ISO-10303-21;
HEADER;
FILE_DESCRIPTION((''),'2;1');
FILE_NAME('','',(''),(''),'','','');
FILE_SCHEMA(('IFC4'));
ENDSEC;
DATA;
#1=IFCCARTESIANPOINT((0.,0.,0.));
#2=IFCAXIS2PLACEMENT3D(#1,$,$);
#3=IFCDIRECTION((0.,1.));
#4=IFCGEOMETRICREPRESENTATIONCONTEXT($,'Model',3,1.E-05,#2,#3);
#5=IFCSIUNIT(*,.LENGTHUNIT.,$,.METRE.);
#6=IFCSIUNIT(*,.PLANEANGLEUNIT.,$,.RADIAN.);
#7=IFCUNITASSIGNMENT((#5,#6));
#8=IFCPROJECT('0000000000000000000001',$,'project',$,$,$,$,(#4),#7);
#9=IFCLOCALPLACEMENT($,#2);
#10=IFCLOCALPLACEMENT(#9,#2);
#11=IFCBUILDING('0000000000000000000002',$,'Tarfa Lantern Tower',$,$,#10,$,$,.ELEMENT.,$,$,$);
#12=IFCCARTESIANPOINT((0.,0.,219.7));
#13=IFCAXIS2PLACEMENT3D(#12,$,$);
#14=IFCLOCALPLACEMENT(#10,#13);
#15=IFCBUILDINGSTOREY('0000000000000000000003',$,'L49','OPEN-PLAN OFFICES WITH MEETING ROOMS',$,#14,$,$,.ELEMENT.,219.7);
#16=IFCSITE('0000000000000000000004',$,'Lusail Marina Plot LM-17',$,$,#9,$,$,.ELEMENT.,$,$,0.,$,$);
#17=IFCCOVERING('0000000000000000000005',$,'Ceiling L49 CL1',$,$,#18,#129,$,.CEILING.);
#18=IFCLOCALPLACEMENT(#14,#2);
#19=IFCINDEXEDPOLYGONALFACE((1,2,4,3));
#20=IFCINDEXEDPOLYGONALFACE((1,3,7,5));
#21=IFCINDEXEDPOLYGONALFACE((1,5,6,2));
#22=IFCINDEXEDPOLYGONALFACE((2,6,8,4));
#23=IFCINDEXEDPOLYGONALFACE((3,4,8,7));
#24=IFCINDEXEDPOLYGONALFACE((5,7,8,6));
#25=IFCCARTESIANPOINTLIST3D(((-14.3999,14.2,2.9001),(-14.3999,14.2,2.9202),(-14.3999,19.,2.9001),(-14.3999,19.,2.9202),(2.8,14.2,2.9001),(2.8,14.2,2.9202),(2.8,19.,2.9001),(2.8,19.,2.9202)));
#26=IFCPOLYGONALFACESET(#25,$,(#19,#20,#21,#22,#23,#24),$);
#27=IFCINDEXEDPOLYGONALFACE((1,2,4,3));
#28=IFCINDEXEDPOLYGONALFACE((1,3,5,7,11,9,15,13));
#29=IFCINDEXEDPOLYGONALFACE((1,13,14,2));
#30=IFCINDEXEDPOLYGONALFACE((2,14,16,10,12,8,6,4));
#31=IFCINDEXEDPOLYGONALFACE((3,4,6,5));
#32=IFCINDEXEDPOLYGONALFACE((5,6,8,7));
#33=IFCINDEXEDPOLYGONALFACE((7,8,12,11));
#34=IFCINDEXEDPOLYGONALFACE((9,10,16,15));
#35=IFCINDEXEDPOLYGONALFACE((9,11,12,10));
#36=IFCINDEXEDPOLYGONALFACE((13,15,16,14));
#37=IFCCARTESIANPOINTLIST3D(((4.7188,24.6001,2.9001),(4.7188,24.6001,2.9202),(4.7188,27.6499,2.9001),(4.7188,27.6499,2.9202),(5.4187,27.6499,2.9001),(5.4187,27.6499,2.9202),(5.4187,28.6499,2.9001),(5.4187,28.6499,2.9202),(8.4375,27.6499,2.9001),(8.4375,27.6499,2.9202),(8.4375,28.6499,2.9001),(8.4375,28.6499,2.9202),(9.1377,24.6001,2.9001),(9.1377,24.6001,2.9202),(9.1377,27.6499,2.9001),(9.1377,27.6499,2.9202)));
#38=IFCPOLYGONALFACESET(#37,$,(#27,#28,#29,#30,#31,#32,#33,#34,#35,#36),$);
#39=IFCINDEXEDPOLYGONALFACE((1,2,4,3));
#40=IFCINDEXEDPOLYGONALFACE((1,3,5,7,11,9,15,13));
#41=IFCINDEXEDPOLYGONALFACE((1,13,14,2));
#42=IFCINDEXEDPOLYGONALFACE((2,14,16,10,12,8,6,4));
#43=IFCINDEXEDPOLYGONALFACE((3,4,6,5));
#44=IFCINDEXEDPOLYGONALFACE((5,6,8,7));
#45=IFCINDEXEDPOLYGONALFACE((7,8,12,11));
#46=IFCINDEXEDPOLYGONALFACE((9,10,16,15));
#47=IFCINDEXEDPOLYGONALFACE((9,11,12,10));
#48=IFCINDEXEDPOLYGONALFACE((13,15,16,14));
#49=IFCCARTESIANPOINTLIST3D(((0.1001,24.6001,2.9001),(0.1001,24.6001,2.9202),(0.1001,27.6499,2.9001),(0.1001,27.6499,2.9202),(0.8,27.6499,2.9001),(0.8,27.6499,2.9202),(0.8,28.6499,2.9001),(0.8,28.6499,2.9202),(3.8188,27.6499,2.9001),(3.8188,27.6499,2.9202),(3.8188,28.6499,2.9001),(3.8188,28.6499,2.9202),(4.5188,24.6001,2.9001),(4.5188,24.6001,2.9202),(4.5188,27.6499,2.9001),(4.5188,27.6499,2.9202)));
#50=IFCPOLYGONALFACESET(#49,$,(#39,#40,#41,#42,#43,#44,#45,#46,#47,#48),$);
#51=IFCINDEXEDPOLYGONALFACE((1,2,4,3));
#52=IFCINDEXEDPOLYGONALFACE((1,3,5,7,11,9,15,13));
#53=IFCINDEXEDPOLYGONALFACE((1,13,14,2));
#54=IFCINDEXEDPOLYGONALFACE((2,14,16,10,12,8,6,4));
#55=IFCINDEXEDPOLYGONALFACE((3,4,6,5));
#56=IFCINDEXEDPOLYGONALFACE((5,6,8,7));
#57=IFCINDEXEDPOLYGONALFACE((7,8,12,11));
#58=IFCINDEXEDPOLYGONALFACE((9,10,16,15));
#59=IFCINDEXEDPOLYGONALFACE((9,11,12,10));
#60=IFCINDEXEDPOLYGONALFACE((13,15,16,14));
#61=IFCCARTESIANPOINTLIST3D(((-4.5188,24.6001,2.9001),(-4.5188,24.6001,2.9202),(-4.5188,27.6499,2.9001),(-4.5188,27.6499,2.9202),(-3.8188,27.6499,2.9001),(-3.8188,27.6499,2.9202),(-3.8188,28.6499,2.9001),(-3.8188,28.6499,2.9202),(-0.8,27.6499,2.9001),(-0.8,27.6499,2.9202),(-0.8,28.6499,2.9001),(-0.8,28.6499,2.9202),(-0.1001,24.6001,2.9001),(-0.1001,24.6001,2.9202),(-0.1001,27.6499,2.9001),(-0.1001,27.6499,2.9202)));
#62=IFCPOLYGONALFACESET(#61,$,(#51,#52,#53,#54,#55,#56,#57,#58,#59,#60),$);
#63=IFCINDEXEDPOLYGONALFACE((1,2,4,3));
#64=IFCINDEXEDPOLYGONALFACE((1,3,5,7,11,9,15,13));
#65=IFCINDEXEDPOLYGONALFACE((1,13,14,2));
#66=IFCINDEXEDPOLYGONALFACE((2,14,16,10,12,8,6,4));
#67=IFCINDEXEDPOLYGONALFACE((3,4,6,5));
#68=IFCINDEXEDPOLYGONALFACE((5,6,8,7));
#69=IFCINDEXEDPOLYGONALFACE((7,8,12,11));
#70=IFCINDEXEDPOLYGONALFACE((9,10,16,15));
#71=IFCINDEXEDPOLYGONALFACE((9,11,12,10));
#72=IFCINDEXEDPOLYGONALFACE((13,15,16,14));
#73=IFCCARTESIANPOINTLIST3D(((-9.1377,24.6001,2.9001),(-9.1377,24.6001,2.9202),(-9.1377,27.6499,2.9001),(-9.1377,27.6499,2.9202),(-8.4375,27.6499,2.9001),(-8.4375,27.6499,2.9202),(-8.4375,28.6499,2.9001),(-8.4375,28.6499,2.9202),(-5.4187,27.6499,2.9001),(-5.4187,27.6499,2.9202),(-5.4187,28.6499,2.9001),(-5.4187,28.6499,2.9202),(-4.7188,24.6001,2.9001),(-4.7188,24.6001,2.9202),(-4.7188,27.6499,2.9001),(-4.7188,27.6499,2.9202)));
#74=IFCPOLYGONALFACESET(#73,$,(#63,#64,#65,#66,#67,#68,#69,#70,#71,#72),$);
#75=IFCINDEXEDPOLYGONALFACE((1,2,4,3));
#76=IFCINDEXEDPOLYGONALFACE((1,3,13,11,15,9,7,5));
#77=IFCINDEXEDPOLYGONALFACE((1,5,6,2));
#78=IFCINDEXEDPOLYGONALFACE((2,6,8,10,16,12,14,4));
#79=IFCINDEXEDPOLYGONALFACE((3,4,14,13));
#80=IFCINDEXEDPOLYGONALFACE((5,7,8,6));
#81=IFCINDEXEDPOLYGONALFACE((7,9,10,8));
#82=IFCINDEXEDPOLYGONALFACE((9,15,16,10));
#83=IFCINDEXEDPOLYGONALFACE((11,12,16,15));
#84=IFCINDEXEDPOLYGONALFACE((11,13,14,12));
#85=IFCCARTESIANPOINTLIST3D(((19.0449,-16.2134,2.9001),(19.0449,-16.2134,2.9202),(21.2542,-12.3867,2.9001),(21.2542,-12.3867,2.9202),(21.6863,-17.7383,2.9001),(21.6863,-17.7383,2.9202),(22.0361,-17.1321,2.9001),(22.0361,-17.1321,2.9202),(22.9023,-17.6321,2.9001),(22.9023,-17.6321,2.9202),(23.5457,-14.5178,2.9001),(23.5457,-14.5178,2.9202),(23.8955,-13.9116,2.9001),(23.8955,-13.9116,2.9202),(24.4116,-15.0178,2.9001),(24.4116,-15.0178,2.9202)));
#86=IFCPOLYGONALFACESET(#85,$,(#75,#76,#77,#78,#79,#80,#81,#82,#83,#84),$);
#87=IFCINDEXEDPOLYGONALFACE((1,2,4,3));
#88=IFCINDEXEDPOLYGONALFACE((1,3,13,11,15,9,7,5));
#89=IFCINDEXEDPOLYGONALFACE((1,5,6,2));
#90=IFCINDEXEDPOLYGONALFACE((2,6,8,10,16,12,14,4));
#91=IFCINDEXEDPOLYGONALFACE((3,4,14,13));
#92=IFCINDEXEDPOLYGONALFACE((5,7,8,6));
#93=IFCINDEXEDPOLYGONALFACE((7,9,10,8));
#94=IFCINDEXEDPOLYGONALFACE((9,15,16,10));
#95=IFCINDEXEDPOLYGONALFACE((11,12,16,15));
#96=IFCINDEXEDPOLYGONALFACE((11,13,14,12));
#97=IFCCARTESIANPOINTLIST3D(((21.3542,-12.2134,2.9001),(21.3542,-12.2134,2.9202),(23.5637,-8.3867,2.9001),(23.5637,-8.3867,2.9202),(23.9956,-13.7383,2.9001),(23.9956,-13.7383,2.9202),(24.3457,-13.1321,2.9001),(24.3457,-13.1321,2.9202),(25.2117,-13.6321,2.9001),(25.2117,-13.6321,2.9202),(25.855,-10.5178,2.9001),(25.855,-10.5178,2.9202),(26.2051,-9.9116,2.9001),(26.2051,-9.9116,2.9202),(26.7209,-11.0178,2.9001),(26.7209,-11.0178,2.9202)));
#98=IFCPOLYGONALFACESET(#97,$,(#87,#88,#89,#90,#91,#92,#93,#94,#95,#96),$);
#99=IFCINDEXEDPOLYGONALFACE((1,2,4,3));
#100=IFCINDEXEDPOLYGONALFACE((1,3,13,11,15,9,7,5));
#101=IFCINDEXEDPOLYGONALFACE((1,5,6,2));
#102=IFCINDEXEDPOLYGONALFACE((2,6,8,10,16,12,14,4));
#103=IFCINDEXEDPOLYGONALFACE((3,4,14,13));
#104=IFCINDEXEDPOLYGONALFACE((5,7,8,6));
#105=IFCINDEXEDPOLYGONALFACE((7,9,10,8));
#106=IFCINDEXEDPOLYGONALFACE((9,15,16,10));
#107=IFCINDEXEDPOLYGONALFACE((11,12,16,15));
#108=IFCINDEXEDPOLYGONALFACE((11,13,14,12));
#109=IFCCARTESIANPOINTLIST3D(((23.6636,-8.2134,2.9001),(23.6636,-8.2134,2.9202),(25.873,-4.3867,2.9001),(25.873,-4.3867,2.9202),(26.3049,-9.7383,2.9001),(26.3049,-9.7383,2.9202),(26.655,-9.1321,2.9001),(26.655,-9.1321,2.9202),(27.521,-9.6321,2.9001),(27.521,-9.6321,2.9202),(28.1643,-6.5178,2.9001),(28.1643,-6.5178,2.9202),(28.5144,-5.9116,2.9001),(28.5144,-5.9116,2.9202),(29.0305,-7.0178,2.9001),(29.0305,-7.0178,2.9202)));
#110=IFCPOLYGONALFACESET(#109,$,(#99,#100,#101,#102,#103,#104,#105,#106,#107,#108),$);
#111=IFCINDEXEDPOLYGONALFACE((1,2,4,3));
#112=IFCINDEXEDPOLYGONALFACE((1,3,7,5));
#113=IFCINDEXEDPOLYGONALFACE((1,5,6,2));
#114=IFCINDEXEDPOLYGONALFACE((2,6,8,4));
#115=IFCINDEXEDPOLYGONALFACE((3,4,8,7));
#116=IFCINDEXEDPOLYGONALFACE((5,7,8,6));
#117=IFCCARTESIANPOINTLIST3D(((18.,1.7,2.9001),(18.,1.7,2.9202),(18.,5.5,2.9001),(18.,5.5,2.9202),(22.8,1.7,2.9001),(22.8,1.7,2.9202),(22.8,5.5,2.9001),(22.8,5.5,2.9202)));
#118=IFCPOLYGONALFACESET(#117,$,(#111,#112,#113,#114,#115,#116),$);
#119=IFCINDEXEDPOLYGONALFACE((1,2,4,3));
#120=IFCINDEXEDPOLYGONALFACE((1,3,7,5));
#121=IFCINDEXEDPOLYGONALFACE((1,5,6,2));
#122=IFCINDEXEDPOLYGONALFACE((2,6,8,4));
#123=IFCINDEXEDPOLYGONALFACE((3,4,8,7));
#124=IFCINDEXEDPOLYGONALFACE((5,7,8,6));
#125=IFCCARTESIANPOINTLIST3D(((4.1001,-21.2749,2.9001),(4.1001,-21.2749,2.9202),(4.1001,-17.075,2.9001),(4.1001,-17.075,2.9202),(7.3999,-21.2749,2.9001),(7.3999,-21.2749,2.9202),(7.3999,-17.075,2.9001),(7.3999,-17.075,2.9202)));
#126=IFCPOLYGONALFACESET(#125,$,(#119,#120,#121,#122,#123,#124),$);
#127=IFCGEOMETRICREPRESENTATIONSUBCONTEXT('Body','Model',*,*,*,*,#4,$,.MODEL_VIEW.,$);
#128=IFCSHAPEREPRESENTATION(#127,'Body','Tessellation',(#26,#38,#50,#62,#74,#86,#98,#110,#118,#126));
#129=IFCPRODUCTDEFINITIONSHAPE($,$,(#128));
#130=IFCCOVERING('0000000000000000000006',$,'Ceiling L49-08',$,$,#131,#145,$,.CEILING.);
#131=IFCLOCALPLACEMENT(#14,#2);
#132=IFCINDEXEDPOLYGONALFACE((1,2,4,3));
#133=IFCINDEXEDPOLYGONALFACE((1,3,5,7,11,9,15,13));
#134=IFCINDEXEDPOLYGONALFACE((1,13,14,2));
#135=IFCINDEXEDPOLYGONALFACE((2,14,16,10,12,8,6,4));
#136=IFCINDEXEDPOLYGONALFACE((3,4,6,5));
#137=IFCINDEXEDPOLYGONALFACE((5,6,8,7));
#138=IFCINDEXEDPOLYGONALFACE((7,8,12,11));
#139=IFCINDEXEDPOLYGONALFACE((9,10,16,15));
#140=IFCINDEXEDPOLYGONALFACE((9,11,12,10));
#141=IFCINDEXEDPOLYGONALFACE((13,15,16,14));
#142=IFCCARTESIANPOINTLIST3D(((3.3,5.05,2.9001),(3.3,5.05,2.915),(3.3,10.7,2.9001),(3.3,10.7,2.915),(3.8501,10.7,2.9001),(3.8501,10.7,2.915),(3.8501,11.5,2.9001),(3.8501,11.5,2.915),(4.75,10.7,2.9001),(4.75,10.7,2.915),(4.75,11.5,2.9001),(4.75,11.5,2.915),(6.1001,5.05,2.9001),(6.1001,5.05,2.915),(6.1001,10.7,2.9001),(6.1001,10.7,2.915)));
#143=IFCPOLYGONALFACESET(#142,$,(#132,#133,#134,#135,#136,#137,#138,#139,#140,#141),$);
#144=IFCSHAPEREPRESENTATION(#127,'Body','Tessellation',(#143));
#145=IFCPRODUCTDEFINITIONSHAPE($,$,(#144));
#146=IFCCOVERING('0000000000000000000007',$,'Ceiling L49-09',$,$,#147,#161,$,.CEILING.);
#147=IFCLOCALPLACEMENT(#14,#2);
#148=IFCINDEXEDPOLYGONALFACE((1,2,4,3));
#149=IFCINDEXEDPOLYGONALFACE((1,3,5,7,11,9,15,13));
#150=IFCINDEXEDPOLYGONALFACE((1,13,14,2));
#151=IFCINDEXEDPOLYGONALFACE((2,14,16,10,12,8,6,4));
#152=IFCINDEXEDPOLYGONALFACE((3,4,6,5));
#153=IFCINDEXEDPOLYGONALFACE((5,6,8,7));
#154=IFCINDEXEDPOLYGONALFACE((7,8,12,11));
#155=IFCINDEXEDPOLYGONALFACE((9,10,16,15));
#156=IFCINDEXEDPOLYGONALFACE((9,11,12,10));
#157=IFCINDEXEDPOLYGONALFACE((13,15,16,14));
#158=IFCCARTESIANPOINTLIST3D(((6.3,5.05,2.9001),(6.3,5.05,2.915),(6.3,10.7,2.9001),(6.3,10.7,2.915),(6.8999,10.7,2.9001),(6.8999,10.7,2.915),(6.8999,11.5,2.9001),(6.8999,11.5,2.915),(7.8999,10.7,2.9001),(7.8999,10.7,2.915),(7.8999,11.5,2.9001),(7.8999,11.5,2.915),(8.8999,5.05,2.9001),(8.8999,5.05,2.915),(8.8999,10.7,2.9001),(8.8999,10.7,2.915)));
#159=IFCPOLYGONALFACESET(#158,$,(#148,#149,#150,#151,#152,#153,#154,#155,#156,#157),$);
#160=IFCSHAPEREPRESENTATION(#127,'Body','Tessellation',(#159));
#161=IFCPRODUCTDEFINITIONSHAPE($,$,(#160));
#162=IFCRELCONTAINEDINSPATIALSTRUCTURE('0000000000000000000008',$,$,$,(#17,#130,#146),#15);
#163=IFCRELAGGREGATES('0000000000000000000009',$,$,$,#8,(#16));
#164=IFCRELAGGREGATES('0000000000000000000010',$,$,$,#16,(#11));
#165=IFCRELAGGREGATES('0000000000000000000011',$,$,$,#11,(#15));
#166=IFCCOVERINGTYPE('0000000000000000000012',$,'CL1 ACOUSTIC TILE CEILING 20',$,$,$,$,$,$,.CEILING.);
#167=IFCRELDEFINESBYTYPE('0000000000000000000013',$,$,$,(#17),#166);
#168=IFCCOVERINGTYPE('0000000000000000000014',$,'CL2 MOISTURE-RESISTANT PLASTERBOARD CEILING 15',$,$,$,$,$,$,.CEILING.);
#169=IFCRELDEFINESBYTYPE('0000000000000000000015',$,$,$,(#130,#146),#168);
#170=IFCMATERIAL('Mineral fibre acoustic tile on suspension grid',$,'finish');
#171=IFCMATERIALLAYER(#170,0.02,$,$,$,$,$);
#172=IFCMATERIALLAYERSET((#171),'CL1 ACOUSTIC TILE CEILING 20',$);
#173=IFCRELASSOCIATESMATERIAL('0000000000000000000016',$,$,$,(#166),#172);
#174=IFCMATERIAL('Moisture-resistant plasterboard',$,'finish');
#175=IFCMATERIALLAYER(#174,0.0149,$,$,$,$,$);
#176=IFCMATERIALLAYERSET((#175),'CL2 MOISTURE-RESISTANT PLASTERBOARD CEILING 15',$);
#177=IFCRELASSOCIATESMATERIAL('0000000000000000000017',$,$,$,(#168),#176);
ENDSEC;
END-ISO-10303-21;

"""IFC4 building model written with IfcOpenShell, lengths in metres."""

from ifc_helpers import new_model, si_unit, direction, frame, origin, place, context, subcontext, project, spatial, polyline, outline, extrude, material, layer, layer_set, type_object, element, save


model = new_model("IFC4")

# Units and contexts
model_context = context("Model", 3, precision=1e-05, world=origin(), true_north=direction((0.0, 1.0)))
body_context = subcontext(model_context, "Body", "Model", "MODEL_VIEW")
ifc_project = project(units=[si_unit("LENGTHUNIT", "METRE"), si_unit("PLANEANGLEUNIT", "RADIAN")], contexts=[model_context])

# Site, building, storey
site_placement = place(None, origin())
site = spatial("IfcSite", under=ifc_project, at=site_placement, Name="Lusail Marina Plot LM-17", CompositionType="ELEMENT", RefElevation=0.0)
building_placement = place(site_placement, origin())
building = spatial("IfcBuilding", under=site, at=building_placement, Name="Tarfa Lantern Tower", CompositionType="ELEMENT")
storey_placement = place(building_placement, frame((0.0, 0.0, 219.7)))
storey = spatial("IfcBuildingStorey", under=building, at=storey_placement, Name="L49", Description="OPEN-PLAN OFFICES WITH MEETING ROOMS", CompositionType="ELEMENT", Elevation=219.7)

# Coverings
ifc_material_1 = material(Name="Mineral fibre acoustic tile on suspension grid", Category="finish")
ifc_layer_1 = layer(ifc_material_1, 0.02)
ifc_layer_set_1 = layer_set([ifc_layer_1], Name="CL1 ACOUSTIC TILE CEILING 20")
covering_type_1 = type_object("IfcCoveringType", Name="CL1 ACOUSTIC TILE CEILING 20", PredefinedType="CEILING", material=ifc_layer_set_1)
covering_1_placement = place(storey_placement, frame((0.0, 0.0, 2.9001)))
element("IfcCovering", 1, at=covering_1_placement, inside=storey, type_object=covering_type_1, Name="Ceiling L49 CL1", PredefinedType="CEILING", context=body_context, shape_type="SweptSolid", body=[
    extrude(outline(polyline([(-14.3999, 19.0), (2.8, 19.0), (2.8, 14.2), (-14.3999, 14.2), (-14.3999, 19.0)])), origin(), (0.0, 0.0, 1.0), 0.02),
    extrude(outline(polyline([(9.1377, 24.6001), (4.7188, 24.6001), (4.7188, 27.6499), (5.4187, 27.6499), (5.4187, 28.6499), (8.4375, 28.6499), (8.4375, 27.6499), (9.1377, 27.6499), (9.1377, 24.6001)])), origin(), (0.0, 0.0, 1.0), 0.02),
    extrude(outline(polyline([(4.5188, 24.6001), (0.1001, 24.6001), (0.1001, 27.6499), (0.8, 27.6499), (0.8, 28.6499), (3.8188, 28.6499), (3.8188, 27.6499), (4.5188, 27.6499), (4.5188, 24.6001)])), origin(), (0.0, 0.0, 1.0), 0.02),
    extrude(outline(polyline([(-0.1001, 24.6001), (-4.5188, 24.6001), (-4.5188, 27.6499), (-3.8188, 27.6499), (-3.8188, 28.6499), (-0.8, 28.6499), (-0.8, 27.6499), (-0.1001, 27.6499), (-0.1001, 24.6001)])), origin(), (0.0, 0.0, 1.0), 0.02),
    extrude(outline(polyline([(-4.7188, 24.6001), (-9.1377, 24.6001), (-9.1377, 27.6499), (-8.4375, 27.6499), (-8.4375, 28.6499), (-5.4187, 28.6499), (-5.4187, 27.6499), (-4.7188, 27.6499), (-4.7188, 24.6001)])), origin(), (0.0, 0.0, 1.0), 0.02),
    extrude(outline(polyline([(21.2542, -12.3867), (23.8955, -13.9116), (23.5457, -14.5178), (24.4116, -15.0178), (22.9023, -17.6321), (22.0361, -17.1321), (21.6863, -17.7383), (19.0449, -16.2134), (21.2542, -12.3867)])), origin(), (0.0, 0.0, 1.0), 0.02),
    extrude(outline(polyline([(23.5637, -8.3867), (26.2051, -9.9116), (25.855, -10.5178), (26.7209, -11.0178), (25.2117, -13.6321), (24.3457, -13.1321), (23.9956, -13.7383), (21.3542, -12.2134), (23.5637, -8.3867)])), origin(), (0.0, 0.0, 1.0), 0.02),
    extrude(outline(polyline([(25.873, -4.3867), (28.5144, -5.9116), (28.1643, -6.5178), (29.0305, -7.0178), (27.521, -9.6321), (26.655, -9.1321), (26.3049, -9.7383), (23.6636, -8.2134), (25.873, -4.3867)])), origin(), (0.0, 0.0, 1.0), 0.02),
    extrude(outline(polyline([(18.0, 5.5), (22.8, 5.5), (22.8, 1.7), (18.0, 1.7), (18.0, 5.5)])), origin(), (0.0, 0.0, 1.0), 0.02),
    extrude(outline(polyline([(7.3999, -21.2749), (4.1001, -21.2749), (4.1001, -17.075), (7.3999, -17.075), (7.3999, -21.2749)])), origin(), (0.0, 0.0, 1.0), 0.02),
])
ifc_material_2 = material(Name="Moisture-resistant plasterboard", Category="finish")
ifc_layer_2 = layer(ifc_material_2, 0.0149)
ifc_layer_set_2 = layer_set([ifc_layer_2], Name="CL2 MOISTURE-RESISTANT PLASTERBOARD CEILING 15")
covering_type_2 = type_object("IfcCoveringType", Name="CL2 MOISTURE-RESISTANT PLASTERBOARD CEILING 15", PredefinedType="CEILING", material=ifc_layer_set_2)
covering_2_placement = place(storey_placement, frame((0.0, 0.0, 2.9001)))
element("IfcCovering", 2, at=covering_2_placement, inside=storey, type_object=covering_type_2, Name="Ceiling L49-08", PredefinedType="CEILING", context=body_context, shape_type="SweptSolid", body=[
    extrude(outline(polyline([(3.3, 5.05), (6.1001, 5.05), (6.1001, 10.7), (4.75, 10.7), (4.75, 11.5), (3.8501, 11.5), (3.8501, 10.7), (3.3, 10.7), (3.3, 5.05)])), origin(), (0.0, 0.0, 1.0), 0.0149),
])
covering_3_placement = place(storey_placement, frame((0.0, 0.0, 2.9001)))
element("IfcCovering", 3, at=covering_3_placement, inside=storey, type_object=covering_type_2, Name="Ceiling L49-09", PredefinedType="CEILING", context=body_context, shape_type="SweptSolid", body=[
    extrude(outline(polyline([(6.3, 5.05), (8.8999, 5.05), (8.8999, 10.7), (7.8999, 10.7), (7.8999, 11.5), (6.8999, 11.5), (6.8999, 10.7), (6.3, 10.7), (6.3, 5.05)])), origin(), (0.0, 0.0, 1.0), 0.0149),
])

save(model, "model.ifc")
